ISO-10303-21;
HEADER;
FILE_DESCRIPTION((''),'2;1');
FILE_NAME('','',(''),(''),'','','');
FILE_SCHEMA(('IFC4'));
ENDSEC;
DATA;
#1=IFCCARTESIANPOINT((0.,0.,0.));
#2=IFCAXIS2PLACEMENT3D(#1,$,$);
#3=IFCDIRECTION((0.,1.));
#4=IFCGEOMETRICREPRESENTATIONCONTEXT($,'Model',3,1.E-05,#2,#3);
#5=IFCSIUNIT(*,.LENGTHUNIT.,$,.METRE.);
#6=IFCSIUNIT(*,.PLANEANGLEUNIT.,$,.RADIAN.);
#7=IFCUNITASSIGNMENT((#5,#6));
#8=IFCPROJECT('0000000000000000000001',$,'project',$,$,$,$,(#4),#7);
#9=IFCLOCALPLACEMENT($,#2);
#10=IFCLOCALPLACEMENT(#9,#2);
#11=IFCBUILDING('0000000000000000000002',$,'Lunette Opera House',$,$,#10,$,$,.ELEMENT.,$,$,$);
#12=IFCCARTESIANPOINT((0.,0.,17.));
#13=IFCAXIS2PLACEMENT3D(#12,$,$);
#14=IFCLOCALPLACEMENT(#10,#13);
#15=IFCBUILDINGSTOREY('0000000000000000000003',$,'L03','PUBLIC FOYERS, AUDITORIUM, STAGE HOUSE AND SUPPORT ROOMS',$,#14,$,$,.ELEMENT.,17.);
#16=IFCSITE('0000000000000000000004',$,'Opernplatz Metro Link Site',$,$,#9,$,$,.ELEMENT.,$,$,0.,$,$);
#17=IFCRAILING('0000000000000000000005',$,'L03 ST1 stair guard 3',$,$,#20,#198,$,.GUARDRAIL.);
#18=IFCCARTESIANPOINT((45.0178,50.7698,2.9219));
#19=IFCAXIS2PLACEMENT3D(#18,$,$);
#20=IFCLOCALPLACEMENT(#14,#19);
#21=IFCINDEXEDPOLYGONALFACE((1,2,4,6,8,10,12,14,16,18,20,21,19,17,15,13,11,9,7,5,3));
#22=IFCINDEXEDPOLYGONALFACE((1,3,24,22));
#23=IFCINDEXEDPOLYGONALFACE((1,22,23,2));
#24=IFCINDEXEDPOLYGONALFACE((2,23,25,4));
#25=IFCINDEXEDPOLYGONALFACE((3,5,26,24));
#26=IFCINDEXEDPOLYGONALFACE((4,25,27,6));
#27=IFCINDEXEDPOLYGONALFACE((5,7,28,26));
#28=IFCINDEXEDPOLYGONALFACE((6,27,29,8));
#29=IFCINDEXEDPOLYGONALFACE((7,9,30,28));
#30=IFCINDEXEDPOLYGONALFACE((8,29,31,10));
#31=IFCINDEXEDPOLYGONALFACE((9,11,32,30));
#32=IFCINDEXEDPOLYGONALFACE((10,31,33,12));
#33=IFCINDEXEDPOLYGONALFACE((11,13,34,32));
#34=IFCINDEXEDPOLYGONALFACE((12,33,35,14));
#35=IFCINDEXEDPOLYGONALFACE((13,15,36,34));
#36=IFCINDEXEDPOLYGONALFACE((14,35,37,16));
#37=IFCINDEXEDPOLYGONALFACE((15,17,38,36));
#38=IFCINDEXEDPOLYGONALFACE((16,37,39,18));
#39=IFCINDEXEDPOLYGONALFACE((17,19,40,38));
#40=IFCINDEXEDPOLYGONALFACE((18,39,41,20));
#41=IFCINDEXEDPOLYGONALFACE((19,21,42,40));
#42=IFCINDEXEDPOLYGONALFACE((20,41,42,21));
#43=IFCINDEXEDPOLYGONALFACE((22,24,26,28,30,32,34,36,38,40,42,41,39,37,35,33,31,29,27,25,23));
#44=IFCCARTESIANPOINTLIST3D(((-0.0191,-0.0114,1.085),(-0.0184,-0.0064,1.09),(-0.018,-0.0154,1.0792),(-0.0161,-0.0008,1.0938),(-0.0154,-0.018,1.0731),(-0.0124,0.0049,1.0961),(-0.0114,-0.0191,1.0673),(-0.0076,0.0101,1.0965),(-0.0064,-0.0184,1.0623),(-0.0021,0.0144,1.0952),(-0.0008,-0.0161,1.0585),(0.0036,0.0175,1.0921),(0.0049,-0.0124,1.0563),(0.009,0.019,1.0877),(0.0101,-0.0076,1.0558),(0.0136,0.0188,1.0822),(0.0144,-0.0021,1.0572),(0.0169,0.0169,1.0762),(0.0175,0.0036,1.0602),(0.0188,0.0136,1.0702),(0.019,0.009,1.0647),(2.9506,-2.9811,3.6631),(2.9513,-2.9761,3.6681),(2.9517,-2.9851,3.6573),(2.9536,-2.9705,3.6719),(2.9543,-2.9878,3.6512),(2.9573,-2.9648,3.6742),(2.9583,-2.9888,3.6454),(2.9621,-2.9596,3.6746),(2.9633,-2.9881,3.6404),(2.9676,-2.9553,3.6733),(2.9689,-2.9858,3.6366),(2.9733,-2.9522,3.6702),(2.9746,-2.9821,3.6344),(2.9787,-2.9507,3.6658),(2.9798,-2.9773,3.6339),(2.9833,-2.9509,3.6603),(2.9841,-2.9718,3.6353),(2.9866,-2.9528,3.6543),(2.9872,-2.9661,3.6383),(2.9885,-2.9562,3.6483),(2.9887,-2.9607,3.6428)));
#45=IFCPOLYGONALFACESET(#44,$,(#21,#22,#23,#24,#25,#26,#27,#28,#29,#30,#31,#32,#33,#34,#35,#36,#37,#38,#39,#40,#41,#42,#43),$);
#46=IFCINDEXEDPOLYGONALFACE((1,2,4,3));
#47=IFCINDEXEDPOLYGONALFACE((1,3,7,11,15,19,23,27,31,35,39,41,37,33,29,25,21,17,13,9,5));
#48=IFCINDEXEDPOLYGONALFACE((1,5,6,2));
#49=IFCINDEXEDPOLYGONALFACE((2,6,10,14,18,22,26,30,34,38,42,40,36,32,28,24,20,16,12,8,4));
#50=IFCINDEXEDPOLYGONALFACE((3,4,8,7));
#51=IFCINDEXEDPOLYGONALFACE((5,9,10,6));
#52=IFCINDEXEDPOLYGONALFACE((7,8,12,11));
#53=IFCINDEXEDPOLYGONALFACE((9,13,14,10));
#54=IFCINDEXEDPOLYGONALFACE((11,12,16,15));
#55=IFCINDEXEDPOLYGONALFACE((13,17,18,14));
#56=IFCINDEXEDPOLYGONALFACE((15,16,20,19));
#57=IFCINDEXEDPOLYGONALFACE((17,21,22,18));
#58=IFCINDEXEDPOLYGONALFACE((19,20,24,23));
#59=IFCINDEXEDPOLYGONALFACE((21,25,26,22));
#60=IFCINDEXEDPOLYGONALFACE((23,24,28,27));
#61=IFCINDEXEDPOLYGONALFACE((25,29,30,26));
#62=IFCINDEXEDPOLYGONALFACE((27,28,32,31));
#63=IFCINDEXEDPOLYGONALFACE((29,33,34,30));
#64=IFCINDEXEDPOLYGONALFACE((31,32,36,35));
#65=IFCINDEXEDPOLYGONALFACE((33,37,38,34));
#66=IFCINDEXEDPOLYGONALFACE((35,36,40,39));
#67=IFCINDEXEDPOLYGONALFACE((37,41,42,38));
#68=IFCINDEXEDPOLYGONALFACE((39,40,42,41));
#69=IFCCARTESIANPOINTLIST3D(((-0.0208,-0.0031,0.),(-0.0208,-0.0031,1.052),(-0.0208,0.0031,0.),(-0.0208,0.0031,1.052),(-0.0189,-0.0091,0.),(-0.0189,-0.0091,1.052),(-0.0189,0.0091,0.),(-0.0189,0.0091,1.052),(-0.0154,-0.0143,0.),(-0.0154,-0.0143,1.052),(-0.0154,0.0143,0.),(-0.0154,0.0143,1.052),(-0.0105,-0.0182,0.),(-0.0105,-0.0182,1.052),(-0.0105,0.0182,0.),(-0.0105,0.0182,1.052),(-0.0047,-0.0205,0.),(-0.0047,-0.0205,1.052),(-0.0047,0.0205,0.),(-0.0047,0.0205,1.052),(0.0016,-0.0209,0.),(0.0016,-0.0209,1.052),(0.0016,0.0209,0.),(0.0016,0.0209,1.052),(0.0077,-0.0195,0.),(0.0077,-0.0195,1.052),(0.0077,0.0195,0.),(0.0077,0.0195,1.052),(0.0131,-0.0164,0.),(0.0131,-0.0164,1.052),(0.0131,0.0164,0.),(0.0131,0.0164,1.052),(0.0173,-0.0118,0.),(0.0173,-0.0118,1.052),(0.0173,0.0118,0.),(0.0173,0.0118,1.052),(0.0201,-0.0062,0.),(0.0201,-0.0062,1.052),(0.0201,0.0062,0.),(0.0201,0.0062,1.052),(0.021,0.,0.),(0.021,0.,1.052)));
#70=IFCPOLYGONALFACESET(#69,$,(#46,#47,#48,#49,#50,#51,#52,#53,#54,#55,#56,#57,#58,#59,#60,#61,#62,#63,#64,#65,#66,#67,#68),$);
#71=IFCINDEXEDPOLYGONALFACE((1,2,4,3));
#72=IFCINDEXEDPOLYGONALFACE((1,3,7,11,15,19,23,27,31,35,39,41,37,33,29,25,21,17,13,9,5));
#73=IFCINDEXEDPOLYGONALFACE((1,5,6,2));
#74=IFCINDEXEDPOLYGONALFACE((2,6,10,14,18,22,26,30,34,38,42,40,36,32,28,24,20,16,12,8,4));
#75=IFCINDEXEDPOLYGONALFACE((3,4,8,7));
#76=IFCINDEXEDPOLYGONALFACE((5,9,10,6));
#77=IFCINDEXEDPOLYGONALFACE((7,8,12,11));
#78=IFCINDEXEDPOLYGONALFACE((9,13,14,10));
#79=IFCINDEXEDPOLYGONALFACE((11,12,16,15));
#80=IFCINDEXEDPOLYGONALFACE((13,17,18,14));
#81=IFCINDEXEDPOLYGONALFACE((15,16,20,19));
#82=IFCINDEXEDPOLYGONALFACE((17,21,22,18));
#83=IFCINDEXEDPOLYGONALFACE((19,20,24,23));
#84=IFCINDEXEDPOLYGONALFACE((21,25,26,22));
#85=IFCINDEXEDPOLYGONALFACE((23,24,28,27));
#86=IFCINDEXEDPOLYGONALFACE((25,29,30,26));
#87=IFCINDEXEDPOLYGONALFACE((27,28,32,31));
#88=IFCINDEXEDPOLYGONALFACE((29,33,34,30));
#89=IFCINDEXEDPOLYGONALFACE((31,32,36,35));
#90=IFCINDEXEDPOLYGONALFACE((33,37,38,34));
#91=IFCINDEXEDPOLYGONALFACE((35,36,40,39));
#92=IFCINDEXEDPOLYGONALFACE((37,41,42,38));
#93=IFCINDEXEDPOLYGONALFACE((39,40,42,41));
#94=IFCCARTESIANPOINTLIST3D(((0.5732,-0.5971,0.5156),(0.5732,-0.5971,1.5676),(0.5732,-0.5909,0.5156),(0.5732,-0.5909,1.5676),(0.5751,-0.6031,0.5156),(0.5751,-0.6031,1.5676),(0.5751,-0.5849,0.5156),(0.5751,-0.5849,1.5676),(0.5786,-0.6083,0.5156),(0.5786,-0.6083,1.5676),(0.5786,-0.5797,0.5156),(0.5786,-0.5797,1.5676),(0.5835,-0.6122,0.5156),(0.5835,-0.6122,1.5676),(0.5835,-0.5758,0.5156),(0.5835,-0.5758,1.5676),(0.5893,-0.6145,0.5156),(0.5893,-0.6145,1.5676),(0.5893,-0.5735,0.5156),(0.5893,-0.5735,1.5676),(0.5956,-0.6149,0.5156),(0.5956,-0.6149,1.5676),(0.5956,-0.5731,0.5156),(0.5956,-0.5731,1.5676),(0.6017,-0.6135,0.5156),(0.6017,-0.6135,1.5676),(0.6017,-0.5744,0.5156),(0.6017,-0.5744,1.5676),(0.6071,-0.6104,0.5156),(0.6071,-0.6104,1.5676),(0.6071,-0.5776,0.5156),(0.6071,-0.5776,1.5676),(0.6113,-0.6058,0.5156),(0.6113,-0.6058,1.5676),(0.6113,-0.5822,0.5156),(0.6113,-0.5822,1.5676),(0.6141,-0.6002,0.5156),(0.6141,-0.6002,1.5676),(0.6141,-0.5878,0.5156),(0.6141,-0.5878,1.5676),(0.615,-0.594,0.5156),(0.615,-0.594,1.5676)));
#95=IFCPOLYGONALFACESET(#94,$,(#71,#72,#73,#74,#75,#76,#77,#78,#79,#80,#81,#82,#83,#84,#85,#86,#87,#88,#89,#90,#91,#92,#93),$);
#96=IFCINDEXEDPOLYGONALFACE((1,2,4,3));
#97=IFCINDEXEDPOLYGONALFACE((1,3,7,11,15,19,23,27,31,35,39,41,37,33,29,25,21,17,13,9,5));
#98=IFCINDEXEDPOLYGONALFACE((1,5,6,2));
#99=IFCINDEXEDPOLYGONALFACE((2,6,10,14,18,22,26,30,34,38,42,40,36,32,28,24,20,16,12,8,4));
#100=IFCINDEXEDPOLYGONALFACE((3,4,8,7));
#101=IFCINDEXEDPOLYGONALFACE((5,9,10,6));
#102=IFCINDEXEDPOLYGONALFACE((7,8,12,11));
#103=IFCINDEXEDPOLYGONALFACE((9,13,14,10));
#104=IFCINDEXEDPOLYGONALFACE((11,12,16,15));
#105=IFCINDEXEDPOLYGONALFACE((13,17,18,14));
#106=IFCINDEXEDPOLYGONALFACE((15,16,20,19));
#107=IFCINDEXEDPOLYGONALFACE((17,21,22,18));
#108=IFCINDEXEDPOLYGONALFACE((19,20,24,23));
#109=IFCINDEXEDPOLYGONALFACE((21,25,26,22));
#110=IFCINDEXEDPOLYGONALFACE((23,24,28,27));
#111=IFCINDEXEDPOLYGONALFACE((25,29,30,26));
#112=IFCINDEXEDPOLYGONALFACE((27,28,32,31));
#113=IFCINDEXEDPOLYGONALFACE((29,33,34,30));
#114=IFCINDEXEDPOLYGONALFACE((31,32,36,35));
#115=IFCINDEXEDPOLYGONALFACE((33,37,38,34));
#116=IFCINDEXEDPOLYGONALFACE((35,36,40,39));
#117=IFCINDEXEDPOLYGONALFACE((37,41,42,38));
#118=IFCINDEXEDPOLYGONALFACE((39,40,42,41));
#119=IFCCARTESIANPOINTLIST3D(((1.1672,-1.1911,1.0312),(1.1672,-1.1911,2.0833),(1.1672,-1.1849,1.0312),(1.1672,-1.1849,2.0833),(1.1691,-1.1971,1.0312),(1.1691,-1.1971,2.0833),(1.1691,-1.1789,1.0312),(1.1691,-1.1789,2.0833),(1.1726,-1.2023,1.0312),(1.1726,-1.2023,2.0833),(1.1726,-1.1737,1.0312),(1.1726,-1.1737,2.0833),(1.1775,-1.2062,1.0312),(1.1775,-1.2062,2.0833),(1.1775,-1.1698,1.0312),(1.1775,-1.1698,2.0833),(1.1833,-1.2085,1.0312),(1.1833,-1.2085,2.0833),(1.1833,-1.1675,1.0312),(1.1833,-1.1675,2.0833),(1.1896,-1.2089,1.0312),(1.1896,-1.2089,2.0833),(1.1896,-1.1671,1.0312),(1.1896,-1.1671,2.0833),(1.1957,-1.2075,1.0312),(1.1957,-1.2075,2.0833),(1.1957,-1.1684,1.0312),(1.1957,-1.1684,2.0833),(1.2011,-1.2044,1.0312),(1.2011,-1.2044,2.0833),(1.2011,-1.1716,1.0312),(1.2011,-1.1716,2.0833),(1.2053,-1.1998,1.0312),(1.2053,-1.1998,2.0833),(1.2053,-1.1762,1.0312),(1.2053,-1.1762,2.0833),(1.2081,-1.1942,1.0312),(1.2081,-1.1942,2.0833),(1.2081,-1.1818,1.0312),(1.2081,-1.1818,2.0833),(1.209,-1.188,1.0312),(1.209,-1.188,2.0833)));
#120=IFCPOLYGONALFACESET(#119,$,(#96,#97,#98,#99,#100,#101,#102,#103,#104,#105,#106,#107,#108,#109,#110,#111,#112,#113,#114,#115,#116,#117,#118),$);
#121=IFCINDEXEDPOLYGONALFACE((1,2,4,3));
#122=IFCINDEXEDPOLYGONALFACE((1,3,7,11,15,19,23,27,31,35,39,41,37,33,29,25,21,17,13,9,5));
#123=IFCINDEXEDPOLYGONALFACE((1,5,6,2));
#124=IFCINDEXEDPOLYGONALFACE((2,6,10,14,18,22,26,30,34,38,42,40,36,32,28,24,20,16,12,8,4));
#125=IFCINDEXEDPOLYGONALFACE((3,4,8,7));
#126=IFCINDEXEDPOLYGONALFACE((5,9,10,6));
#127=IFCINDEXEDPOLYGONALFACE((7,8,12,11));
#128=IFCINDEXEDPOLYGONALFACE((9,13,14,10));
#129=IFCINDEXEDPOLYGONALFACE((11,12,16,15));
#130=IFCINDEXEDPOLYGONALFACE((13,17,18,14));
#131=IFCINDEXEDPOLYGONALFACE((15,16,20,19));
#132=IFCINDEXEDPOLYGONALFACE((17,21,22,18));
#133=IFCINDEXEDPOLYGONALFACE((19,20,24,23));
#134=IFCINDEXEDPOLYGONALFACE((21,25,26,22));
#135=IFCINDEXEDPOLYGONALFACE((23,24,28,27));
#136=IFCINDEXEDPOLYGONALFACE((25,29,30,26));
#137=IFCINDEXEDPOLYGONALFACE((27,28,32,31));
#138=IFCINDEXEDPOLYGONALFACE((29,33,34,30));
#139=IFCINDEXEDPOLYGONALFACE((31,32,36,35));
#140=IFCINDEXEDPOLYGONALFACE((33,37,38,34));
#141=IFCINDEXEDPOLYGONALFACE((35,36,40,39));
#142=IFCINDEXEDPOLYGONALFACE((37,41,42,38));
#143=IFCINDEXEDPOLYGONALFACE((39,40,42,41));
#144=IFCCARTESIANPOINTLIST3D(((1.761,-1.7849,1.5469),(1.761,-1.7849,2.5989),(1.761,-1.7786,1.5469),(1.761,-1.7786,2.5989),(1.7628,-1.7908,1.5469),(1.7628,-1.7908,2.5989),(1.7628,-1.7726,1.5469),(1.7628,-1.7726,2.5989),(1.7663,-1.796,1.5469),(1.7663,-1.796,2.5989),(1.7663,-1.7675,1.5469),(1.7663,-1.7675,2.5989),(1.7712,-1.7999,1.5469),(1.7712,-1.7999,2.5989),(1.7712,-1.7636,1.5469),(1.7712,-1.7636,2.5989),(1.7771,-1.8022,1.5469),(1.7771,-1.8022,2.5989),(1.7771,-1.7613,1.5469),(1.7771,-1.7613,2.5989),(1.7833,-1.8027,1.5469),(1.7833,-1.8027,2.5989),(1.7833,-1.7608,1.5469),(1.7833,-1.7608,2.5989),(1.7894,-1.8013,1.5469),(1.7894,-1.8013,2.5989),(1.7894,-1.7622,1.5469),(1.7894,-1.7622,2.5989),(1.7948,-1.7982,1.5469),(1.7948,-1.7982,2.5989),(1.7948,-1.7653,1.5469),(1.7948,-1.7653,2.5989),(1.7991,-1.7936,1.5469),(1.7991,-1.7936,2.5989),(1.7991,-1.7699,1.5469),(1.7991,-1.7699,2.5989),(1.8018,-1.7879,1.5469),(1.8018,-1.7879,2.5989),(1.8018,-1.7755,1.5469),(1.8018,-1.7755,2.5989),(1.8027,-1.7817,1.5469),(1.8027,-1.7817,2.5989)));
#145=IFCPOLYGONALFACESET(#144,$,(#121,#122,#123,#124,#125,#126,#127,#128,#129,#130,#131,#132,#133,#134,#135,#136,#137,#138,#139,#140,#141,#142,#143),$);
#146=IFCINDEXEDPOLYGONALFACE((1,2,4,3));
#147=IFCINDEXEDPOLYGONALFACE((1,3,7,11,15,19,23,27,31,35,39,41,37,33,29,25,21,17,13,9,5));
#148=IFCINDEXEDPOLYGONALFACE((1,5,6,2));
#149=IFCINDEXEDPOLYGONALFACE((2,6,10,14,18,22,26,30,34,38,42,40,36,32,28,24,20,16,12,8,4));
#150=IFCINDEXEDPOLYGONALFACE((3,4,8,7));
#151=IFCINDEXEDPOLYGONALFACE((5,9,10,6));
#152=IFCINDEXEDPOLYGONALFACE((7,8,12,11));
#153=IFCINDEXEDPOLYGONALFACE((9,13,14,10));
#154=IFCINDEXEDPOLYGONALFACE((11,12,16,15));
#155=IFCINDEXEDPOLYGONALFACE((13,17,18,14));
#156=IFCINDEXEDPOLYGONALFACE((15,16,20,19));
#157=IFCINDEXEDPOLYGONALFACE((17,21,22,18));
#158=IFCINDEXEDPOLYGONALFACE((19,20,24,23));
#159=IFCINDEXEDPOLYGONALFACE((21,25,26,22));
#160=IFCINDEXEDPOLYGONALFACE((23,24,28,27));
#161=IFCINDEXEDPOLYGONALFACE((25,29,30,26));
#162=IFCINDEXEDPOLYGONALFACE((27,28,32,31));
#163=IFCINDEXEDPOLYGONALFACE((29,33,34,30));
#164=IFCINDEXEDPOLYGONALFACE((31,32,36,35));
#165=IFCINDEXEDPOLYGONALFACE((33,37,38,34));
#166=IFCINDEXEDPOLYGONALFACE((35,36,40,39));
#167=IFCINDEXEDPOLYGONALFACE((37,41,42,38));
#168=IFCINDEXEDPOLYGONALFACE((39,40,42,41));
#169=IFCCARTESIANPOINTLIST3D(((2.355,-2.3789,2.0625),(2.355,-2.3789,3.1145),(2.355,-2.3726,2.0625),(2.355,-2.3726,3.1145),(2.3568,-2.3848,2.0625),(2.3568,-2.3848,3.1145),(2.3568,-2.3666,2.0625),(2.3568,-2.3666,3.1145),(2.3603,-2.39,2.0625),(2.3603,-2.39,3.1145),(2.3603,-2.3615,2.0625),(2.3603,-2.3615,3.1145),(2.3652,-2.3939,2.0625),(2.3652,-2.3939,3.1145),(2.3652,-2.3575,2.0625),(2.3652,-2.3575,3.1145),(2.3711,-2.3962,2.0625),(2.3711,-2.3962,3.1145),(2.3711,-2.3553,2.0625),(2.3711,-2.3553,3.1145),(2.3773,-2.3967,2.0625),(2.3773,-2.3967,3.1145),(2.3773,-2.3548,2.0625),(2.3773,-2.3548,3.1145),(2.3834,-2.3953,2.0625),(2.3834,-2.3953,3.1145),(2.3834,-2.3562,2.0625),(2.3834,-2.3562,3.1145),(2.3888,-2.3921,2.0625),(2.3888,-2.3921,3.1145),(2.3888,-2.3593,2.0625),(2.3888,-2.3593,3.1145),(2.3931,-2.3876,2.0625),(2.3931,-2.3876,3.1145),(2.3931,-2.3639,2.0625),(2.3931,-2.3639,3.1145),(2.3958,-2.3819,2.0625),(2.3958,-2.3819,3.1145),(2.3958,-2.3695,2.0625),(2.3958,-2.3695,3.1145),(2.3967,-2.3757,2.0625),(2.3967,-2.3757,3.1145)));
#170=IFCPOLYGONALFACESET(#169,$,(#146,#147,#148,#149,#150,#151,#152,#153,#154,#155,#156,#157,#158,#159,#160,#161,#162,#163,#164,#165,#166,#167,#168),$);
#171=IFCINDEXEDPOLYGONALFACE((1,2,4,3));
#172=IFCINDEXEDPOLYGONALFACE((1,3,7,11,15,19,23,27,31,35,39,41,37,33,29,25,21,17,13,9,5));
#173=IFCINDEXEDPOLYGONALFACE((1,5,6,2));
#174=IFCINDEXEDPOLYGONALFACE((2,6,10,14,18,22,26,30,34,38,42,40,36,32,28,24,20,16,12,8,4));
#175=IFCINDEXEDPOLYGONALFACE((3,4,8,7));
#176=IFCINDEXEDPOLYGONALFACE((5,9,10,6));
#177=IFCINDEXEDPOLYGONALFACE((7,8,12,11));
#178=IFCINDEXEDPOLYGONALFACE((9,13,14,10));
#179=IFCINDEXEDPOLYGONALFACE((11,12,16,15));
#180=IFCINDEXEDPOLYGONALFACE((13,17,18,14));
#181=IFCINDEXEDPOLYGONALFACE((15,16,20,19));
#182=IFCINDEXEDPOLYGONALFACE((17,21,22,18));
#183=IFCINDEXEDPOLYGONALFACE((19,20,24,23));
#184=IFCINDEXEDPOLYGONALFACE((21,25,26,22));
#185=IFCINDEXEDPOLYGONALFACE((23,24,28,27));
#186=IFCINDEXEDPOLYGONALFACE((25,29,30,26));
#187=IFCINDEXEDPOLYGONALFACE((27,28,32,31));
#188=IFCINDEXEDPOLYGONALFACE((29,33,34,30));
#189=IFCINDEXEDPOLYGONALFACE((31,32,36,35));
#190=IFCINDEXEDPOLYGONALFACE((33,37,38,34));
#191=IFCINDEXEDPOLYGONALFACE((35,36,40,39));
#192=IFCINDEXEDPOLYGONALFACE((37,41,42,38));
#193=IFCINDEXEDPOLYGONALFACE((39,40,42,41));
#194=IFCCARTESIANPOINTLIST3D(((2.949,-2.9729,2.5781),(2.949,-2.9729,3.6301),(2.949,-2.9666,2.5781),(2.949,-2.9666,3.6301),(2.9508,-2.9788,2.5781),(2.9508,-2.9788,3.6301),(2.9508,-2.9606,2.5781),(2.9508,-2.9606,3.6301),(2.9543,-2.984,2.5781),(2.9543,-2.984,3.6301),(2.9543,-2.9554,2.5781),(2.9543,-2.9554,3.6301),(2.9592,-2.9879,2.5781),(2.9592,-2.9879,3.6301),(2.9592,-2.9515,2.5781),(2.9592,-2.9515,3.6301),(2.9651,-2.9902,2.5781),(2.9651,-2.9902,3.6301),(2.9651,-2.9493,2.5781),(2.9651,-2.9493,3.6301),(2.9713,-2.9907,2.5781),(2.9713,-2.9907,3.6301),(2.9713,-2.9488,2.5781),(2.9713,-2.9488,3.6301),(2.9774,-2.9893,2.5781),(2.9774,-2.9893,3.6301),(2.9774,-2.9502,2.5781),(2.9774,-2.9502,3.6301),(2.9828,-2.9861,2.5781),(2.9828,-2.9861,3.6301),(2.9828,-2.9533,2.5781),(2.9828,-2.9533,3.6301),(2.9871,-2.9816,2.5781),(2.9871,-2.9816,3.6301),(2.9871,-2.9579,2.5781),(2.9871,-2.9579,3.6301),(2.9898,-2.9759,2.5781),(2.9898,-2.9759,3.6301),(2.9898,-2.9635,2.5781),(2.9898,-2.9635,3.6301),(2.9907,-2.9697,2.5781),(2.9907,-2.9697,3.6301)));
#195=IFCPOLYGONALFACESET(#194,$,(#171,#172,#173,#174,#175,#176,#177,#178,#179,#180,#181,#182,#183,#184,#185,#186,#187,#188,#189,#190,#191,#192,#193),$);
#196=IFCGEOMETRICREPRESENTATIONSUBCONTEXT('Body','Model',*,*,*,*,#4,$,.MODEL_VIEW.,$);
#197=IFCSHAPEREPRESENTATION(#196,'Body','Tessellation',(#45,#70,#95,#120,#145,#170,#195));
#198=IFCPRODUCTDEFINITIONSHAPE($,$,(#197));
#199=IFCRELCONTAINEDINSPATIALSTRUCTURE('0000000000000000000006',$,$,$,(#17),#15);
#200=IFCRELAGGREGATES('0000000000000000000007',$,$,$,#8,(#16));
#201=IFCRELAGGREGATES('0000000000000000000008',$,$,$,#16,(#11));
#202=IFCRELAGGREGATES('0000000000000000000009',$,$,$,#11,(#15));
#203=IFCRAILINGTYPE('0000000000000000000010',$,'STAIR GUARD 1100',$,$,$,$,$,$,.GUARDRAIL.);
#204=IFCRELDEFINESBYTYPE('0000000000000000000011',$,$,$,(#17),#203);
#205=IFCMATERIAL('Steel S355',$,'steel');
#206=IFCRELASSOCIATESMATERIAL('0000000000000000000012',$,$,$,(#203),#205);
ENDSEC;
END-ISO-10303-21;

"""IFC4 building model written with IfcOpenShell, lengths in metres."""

from ifc_helpers import new_model, si_unit, direction, frame, origin, origin_2d, place, context, subcontext, project, spatial, circle, extrude, material, type_object, element, save


model = new_model("IFC4")

# Units and contexts
model_context = context("Model", 3, precision=1e-05, world=origin(), true_north=direction((0.0, 1.0)))
body_context = subcontext(model_context, "Body", "Model", "MODEL_VIEW")
ifc_project = project(units=[si_unit("LENGTHUNIT", "METRE"), si_unit("PLANEANGLEUNIT", "RADIAN")], contexts=[model_context])

# Site, building, storey
site_placement = place(None, origin())
site = spatial("IfcSite", under=ifc_project, at=site_placement, Name="Opernplatz Metro Link Site", CompositionType="ELEMENT", RefElevation=0.0)
building_placement = place(site_placement, origin())
building = spatial("IfcBuilding", under=site, at=building_placement, Name="Lunette Opera House", CompositionType="ELEMENT")
storey_placement = place(building_placement, frame((0.0, 0.0, 17.0)))
storey = spatial("IfcBuildingStorey", under=building, at=storey_placement, Name="L03", Description="PUBLIC FOYERS, AUDITORIUM, STAGE HOUSE AND SUPPORT ROOMS", CompositionType="ELEMENT", Elevation=17.0)

# Railing
ifc_material_1 = material(Name="Steel S355", Category="steel")
railing_type_1 = type_object("IfcRailingType", Name="STAIR GUARD 1100", PredefinedType="GUARDRAIL", material=ifc_material_1)
railing_1_placement = place(storey_placement, frame((45.0178, 50.7698, 2.9219)))
element("IfcRailing", 1, at=railing_1_placement, inside=storey, type_object=railing_type_1, Name="L03 ST1 stair guard 3", PredefinedType="GUARDRAIL", context=body_context, shape_type="SweptSolid", body=[
    extrude(circle(Radius=0.0239, at=origin_2d()), frame((0.0, 0.0, 1.0762), z_axis=(0.602622, -0.602622, 0.523157), x_axis=(0.707107, 0.707107, 0.0)), (0.0, 0.0, 1.0), 4.928),
    extrude(circle(Radius=0.021, at=origin_2d()), origin(), (0.0, 0.0, 1.0), 1.052),
    extrude(circle(Radius=0.021, at=origin_2d()), frame((0.594, -0.594, 0.5156)), (0.0, 0.0, 1.0), 1.052),
    extrude(circle(Radius=0.021, at=origin_2d()), frame((1.188, -1.188, 1.0312)), (0.0, 0.0, 1.0), 1.052),
    extrude(circle(Radius=0.021, at=origin_2d()), frame((1.7817, -1.7817, 1.5469)), (0.0, 0.0, 1.0), 1.052),
    extrude(circle(Radius=0.021, at=origin_2d()), frame((2.3757, -2.3757, 2.0625)), (0.0, 0.0, 1.0), 1.052),
    extrude(circle(Radius=0.021, at=origin_2d()), frame((2.9697, -2.9697, 2.5781)), (0.0, 0.0, 1.0), 1.052),
])

save(model, "model.ifc")
